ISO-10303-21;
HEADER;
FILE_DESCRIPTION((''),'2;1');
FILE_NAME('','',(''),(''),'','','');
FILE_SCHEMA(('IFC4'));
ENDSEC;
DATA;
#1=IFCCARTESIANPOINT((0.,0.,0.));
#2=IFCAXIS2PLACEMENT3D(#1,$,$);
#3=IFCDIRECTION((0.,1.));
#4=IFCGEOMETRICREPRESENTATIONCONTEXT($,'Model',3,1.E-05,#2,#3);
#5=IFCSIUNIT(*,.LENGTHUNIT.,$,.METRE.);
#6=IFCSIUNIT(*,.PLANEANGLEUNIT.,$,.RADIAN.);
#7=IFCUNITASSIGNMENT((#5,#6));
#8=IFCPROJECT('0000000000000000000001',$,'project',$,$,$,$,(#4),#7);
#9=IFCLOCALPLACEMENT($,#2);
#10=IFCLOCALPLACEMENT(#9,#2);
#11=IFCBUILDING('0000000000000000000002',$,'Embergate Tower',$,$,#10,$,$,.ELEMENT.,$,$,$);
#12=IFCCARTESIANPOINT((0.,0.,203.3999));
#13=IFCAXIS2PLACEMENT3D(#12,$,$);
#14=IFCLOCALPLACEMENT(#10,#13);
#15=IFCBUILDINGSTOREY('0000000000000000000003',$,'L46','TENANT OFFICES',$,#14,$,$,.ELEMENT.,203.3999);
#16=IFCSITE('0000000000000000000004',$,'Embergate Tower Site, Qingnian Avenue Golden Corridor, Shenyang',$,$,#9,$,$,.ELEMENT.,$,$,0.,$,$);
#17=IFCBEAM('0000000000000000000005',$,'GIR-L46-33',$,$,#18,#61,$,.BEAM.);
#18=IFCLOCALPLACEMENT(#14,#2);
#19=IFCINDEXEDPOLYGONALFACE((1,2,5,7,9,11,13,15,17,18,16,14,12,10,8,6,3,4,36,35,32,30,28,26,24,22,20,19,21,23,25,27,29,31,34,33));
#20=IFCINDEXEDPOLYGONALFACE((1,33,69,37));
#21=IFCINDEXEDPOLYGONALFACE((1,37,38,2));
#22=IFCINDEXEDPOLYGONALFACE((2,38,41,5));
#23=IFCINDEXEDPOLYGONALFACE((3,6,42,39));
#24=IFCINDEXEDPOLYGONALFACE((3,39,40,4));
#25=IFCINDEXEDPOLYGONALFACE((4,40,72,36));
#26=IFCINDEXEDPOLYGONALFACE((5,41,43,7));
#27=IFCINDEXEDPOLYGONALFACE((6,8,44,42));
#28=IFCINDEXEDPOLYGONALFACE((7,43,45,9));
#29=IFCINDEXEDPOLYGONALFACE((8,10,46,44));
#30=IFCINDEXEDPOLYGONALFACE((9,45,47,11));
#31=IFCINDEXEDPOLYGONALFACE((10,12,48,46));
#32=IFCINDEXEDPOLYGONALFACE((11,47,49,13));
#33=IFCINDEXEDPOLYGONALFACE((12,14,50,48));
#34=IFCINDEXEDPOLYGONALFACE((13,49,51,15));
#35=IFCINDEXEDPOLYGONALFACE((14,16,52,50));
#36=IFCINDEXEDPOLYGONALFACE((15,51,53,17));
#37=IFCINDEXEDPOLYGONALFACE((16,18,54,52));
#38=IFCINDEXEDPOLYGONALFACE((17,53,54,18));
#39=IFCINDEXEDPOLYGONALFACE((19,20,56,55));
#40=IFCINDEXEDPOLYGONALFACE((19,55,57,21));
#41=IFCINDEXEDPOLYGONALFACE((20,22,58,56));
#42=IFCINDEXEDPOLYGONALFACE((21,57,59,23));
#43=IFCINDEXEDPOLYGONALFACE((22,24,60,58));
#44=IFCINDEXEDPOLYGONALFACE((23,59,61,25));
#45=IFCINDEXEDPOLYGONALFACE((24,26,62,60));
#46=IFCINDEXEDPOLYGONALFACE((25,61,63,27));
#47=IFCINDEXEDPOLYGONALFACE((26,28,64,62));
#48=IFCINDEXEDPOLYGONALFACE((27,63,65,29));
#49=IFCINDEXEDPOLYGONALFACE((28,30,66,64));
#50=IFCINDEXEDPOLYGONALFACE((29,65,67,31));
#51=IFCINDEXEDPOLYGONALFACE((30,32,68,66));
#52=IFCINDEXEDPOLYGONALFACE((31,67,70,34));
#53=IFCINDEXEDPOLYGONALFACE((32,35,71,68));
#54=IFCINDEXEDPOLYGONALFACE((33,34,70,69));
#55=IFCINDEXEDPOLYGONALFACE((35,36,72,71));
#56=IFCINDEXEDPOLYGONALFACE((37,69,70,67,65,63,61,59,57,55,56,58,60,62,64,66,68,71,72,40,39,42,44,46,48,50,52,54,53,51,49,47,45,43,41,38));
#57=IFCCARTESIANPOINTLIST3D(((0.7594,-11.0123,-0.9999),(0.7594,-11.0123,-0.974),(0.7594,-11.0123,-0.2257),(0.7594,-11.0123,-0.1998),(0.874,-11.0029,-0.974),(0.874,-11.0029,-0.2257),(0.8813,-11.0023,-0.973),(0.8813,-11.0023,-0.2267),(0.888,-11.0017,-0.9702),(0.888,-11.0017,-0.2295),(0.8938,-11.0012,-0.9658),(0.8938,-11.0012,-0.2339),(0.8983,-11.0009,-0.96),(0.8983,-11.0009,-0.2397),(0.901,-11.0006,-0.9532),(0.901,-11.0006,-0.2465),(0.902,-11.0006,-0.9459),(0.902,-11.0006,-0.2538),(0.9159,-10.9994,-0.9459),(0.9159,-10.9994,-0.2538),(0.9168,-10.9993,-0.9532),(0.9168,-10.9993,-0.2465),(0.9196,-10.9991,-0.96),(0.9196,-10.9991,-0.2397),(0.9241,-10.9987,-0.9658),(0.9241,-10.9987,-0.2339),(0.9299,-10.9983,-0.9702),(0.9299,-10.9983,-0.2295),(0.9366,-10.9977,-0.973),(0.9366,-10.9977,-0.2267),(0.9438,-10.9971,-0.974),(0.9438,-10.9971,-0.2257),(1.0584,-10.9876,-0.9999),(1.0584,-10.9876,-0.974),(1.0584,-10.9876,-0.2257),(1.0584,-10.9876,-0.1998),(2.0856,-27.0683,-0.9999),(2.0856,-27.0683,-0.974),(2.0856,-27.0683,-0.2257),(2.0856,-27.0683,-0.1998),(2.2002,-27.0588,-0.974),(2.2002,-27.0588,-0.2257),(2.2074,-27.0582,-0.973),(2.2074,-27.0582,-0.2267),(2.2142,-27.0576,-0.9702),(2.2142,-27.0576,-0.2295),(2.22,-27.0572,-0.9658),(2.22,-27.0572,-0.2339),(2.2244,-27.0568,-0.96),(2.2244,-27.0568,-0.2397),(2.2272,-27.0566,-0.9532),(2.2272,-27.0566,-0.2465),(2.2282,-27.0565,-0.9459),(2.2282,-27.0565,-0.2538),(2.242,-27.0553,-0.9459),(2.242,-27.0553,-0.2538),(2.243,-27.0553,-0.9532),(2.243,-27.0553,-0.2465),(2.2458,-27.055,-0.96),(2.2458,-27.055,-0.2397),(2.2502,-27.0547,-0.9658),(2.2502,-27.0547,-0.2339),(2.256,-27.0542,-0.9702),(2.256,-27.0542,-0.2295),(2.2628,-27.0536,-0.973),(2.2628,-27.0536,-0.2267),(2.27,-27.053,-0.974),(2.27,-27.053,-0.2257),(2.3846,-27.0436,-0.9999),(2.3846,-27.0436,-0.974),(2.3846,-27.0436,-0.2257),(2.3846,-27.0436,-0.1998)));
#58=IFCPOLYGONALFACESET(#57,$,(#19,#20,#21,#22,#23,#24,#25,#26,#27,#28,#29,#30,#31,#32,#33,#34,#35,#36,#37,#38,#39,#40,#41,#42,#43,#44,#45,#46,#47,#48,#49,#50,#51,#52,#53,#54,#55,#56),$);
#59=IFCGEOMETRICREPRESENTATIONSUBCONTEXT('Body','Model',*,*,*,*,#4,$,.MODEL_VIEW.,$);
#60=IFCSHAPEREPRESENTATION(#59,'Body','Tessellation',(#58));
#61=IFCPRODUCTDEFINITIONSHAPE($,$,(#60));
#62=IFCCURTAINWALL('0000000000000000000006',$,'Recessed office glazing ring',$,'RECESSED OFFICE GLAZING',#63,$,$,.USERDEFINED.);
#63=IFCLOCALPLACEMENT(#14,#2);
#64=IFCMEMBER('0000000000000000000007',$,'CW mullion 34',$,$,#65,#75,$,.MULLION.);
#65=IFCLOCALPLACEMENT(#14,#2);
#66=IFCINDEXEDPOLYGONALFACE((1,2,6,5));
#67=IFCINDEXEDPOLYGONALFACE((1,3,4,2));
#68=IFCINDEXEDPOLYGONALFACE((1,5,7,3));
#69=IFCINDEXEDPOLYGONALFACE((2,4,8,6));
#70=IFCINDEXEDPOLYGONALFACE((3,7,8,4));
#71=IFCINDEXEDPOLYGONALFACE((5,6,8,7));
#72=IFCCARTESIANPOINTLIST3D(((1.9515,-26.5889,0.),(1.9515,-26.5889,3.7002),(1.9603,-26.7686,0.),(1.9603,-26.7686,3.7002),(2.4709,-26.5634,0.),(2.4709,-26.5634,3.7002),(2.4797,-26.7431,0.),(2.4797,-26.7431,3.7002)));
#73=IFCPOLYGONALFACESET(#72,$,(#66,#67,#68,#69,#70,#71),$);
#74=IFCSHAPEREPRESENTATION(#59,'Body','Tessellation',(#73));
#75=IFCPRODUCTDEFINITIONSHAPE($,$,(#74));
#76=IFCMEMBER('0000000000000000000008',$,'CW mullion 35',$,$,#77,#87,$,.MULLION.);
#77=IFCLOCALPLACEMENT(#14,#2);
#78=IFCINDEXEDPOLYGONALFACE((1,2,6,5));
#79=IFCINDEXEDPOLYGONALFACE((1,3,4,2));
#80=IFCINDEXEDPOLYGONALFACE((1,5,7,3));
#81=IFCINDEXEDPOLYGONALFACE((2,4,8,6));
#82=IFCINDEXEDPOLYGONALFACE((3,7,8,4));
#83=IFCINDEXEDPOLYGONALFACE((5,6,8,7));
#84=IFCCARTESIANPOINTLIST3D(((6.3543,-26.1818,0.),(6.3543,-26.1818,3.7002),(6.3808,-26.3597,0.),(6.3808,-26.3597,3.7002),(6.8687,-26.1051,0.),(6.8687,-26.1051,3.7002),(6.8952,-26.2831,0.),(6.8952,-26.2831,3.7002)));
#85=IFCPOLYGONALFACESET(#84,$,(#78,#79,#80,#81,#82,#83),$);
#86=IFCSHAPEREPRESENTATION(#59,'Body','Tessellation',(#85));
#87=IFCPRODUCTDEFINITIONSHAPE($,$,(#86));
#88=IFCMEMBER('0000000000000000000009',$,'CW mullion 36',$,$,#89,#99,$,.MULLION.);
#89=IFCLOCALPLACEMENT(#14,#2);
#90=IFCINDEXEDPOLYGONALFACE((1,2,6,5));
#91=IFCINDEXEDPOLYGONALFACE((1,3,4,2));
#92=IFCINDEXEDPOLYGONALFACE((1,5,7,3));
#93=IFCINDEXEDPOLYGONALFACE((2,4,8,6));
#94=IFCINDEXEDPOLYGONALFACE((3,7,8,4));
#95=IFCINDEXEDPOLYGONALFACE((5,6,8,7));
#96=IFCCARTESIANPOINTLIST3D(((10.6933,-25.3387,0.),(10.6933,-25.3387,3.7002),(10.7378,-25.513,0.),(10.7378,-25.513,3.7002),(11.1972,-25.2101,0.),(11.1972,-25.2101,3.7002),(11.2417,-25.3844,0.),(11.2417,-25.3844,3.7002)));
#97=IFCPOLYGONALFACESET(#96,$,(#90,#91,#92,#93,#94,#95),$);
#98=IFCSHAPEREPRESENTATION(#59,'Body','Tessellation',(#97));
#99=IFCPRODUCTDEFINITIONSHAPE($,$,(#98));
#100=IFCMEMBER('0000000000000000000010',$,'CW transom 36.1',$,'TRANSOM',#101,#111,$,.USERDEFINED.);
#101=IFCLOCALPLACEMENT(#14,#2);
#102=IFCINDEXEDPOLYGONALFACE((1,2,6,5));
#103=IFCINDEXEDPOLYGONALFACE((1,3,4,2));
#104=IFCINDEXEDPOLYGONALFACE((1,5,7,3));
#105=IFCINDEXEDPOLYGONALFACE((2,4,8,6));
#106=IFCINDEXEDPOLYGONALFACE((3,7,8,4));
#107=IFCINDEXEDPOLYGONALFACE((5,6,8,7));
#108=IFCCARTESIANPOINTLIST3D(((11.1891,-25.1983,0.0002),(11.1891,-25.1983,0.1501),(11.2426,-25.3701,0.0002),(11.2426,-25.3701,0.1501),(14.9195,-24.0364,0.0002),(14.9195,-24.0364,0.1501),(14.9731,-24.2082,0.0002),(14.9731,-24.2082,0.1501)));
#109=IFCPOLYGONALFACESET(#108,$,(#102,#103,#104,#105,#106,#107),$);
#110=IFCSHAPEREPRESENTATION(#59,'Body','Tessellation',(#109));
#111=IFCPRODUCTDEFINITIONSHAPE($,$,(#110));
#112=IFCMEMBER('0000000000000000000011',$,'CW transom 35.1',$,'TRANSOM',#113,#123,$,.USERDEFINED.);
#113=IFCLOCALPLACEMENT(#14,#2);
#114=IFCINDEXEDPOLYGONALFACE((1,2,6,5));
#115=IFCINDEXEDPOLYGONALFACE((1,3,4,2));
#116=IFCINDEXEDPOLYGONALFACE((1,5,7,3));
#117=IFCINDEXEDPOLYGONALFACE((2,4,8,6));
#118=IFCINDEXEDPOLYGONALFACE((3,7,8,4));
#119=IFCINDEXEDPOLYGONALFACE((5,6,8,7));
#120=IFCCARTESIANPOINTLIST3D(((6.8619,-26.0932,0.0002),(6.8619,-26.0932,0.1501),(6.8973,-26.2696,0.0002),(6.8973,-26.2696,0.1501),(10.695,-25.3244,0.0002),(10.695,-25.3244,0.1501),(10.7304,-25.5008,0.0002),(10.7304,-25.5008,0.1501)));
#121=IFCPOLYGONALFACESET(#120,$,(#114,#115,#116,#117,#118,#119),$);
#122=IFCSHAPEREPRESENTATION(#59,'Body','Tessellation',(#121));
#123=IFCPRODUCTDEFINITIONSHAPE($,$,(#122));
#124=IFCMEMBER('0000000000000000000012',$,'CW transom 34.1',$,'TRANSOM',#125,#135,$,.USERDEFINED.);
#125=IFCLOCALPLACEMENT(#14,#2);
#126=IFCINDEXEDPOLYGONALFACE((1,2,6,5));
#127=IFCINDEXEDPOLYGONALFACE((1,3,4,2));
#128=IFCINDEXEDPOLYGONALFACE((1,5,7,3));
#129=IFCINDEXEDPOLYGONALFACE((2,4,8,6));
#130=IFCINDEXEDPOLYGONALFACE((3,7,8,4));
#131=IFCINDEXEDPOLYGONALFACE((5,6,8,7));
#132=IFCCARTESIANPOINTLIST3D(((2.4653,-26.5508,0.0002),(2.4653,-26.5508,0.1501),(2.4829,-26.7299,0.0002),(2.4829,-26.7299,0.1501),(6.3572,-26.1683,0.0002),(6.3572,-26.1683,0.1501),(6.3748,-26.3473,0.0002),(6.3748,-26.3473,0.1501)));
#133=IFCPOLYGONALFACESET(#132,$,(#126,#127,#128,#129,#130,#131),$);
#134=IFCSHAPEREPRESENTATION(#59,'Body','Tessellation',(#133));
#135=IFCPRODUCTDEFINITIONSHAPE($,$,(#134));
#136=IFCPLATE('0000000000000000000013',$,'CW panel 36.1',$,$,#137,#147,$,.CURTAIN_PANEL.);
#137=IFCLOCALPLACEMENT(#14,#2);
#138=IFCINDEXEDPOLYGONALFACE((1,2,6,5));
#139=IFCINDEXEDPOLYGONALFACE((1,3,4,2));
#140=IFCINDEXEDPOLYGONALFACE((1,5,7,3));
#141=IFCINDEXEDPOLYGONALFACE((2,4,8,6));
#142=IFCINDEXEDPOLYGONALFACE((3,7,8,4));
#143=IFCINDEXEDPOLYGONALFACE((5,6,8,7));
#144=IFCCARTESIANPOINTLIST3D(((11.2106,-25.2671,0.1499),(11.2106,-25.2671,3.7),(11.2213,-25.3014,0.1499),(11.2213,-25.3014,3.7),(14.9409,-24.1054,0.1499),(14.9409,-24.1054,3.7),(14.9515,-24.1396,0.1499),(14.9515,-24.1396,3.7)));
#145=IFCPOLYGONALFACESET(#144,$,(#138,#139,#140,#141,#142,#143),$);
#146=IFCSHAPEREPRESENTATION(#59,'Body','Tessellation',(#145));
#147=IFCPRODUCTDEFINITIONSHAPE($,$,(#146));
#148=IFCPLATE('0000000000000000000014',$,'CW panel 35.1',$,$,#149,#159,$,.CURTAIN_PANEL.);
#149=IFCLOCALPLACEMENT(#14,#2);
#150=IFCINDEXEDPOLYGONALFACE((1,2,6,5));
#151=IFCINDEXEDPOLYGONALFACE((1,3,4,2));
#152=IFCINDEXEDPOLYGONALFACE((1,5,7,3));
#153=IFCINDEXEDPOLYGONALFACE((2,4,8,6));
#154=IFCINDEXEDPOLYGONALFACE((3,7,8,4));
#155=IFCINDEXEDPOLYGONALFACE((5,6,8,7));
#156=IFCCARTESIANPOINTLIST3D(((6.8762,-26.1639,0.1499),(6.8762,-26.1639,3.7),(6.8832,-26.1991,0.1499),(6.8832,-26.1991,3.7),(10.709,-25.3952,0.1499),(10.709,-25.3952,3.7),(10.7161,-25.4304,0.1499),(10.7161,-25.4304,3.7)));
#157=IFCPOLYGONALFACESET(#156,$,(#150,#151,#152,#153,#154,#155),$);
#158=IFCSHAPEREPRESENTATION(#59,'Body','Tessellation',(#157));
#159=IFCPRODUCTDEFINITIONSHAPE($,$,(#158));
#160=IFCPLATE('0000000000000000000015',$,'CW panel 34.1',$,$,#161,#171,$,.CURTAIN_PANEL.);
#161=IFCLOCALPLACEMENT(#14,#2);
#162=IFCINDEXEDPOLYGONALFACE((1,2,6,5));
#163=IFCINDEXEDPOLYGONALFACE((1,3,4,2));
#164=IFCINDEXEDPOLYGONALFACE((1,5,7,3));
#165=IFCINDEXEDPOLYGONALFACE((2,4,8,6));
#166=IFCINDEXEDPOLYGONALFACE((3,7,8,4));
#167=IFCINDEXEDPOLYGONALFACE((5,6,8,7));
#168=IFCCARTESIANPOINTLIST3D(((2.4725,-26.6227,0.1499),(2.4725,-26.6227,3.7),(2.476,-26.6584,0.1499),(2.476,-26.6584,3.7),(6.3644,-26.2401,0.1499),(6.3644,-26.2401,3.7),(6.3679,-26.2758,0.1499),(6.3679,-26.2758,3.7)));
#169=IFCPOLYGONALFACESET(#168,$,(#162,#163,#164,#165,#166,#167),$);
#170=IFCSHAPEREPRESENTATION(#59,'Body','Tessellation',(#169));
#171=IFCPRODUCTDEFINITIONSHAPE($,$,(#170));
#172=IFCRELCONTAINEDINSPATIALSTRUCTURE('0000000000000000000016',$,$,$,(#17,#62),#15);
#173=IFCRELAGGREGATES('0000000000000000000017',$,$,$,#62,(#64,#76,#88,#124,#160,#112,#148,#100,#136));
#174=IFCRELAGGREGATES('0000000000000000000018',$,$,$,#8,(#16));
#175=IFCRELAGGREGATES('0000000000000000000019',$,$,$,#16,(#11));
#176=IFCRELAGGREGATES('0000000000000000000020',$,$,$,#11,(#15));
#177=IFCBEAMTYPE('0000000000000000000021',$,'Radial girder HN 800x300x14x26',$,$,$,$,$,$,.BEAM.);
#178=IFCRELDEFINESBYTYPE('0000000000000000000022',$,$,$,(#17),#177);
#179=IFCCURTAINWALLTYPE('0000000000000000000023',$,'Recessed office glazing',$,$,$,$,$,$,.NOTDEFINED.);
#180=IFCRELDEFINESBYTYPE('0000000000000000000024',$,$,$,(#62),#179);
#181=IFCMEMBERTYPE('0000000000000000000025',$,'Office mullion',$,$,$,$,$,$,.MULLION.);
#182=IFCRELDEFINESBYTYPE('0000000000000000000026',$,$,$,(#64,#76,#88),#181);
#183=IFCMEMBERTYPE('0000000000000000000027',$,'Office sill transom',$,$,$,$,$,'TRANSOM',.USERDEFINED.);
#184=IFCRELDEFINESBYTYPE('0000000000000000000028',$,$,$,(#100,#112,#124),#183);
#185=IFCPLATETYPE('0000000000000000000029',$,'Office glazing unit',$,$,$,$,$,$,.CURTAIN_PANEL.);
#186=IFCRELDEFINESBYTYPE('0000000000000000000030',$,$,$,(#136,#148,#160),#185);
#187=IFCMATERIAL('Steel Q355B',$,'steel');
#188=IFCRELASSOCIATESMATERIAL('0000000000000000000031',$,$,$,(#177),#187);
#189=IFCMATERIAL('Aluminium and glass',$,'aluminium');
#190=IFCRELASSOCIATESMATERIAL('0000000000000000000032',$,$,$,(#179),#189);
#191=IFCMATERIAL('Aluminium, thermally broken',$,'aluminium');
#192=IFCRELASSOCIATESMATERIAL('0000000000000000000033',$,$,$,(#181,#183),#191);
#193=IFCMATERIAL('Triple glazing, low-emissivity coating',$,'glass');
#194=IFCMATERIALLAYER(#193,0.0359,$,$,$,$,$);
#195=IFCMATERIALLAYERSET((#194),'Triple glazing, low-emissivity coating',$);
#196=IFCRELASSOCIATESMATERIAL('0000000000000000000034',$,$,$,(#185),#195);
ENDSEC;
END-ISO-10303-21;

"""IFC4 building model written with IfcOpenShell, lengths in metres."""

from ifc_helpers import new_model, si_unit, direction, frame, origin, origin_2d, place, context, subcontext, project, spatial, rectangle, i_section, extrude, source, transform, mapped, material, layer, layer_set, material_profile, profile_set, type_object, element, aggregate, save


model = new_model("IFC4")

# Units and contexts
model_context = context("Model", 3, precision=1e-05, world=origin(), true_north=direction((0.0, 1.0)))
body_context = subcontext(model_context, "Body", "Model", "MODEL_VIEW")
ifc_project = project(units=[si_unit("LENGTHUNIT", "METRE"), si_unit("PLANEANGLEUNIT", "RADIAN")], contexts=[model_context])

# Site, building, storey
site_placement = place(None, origin())
site = spatial("IfcSite", under=ifc_project, at=site_placement, Name="Embergate Tower Site, Qingnian Avenue Golden Corridor, Shenyang", CompositionType="ELEMENT", RefElevation=0.0)
building_placement = place(site_placement, origin())
building = spatial("IfcBuilding", under=site, at=building_placement, Name="Embergate Tower", CompositionType="ELEMENT")
storey_placement = place(building_placement, frame((0.0, 0.0, 203.3999)))
storey = spatial("IfcBuildingStorey", under=building, at=storey_placement, Name="L46", Description="TENANT OFFICES", CompositionType="ELEMENT", Elevation=203.3999)

# Beam
ifc_material_1 = material(Name="Steel Q355B", Category="steel")
ifc_material_profile_1 = material_profile(ifc_material_1, i_section(OverallWidth=0.3, OverallDepth=0.8, WebThickness=0.0139, FlangeThickness=0.0259, FilletRadius=0.0281, at=origin_2d()), Name="HN 800x300x14x26")
ifc_profile_set_1 = profile_set([ifc_material_profile_1], Name="Steel Q355 grade B")
beam_type_1 = type_object("IfcBeamType", Name="Radial girder HN 800x300x14x26", PredefinedType="BEAM", material=ifc_profile_set_1)
shared_shape_1 = source(origin(), body_context, "Body", "SweptSolid", [
    extrude(i_section(OverallWidth=0.3, OverallDepth=0.8, WebThickness=0.0139, FlangeThickness=0.0259, FilletRadius=0.0281, at=origin_2d()), origin(), (0.0, 0.0, 1.0), 16.1106),
])
beam_1_placement = place(storey_placement, frame((2.2351, -27.0559, -0.5999), z_axis=(-0.082317, 0.996606, 0.0), x_axis=(-0.996606, -0.082317, 0.0)))
element("IfcBeam", 1, at=beam_1_placement, inside=storey, type_object=beam_type_1, Name="GIR-L46-33", PredefinedType="BEAM", context=body_context, shape_type="MappedRepresentation", body=[
    mapped(shared_shape_1, transform((0.0, 0.0, 0.0))),
])

# Curtain wall, members, plates
ifc_material_2 = material(Name="Aluminium and glass", Category="aluminium")
curtain_wall_type = type_object("IfcCurtainWallType", Name="Recessed office glazing", PredefinedType="NOTDEFINED", material=ifc_material_2)
curtain_wall_placement = place(storey_placement, origin())
curtain_wall = element("IfcCurtainWall", 2, at=curtain_wall_placement, inside=storey, type_object=curtain_wall_type, Name="Recessed office glazing ring", ObjectType="RECESSED OFFICE GLAZING", PredefinedType="USERDEFINED")
ifc_material_3 = material(Name="Aluminium, thermally broken", Category="aluminium")
ifc_material_profile_2 = material_profile(ifc_material_3, rectangle(XDim=0.1799, YDim=0.52, at=origin_2d()), Name="AL 520x180")
ifc_profile_set_2 = profile_set([ifc_material_profile_2], Name="Aluminium, thermally broken")
member_type_1 = type_object("IfcMemberType", Name="Office mullion", PredefinedType="MULLION", material=ifc_profile_set_2)
shared_shape_2 = source(origin(), body_context, "Body", "SweptSolid", [
    extrude(rectangle(XDim=0.1799, YDim=0.52, at=origin_2d()), origin(), (0.0, 0.0, 1.0), 3.7002),
])
member_1_placement = place(storey_placement, frame((2.2156, -26.666, 0.0), z_axis=(0.0, 0.0, 1.0), x_axis=(-0.048972, 0.9988, 0.0)))
member_1 = element("IfcMember", 3, at=member_1_placement, type_object=member_type_1, Name="CW mullion 34", PredefinedType="MULLION", context=body_context, shape_type="MappedRepresentation", body=[
    mapped(shared_shape_2, transform((0.0, 0.0, 0.0))),
])
member_2_placement = place(storey_placement, frame((6.6248, -26.2324, 0.0), z_axis=(0.0, 0.0, 1.0), x_axis=(-0.147416, 0.989075, 0.0)))
member_2 = element("IfcMember", 4, at=member_2_placement, type_object=member_type_1, Name="CW mullion 35", PredefinedType="MULLION", context=body_context, shape_type="MappedRepresentation", body=[
    mapped(shared_shape_2, transform((0.0, 0.0, 0.0))),
])
member_3_placement = place(storey_placement, frame((10.9675, -25.3616, 0.0), z_axis=(0.0, 0.0, 1.0), x_axis=(-0.247319, 0.968934, 0.0)))
member_3 = element("IfcMember", 5, at=member_3_placement, type_object=member_type_1, Name="CW mullion 36", PredefinedType="MULLION", context=body_context, shape_type="MappedRepresentation", body=[
    mapped(shared_shape_2, transform((0.0, 0.0, 0.0))),
])
ifc_material_profile_3 = material_profile(ifc_material_3, rectangle(XDim=0.1799, YDim=0.1499, at=origin_2d()), Name="AL 150x180")
ifc_profile_set_3 = profile_set([ifc_material_profile_3], Name="Aluminium, thermally broken")
member_type_2 = type_object("IfcMemberType", Name="Office sill transom", ElementType="TRANSOM", PredefinedType="USERDEFINED", material=ifc_profile_set_3)
shared_shape_3 = source(origin(), body_context, "Body", "SweptSolid", [
    extrude(rectangle(XDim=0.1799, YDim=0.1499, at=origin_2d()), origin(), (0.0, 0.0, 1.0), 3.9072),
])
member_4_placement = place(storey_placement, frame((11.2158, -25.2842, 0.0752), z_axis=(0.954764, 0.297364, 0.0), x_axis=(-0.297364, 0.954764, 0.0)))
member_4 = element("IfcMember", 6, at=member_4_placement, type_object=member_type_2, Name="CW transom 36.1", ObjectType="TRANSOM", PredefinedType="USERDEFINED", context=body_context, shape_type="MappedRepresentation", body=[
    mapped(shared_shape_3, transform((0.0, 0.0, 0.0))),
])
shared_shape_4 = source(origin(), body_context, "Body", "SweptSolid", [
    extrude(rectangle(XDim=0.1799, YDim=0.1499, at=origin_2d()), origin(), (0.0, 0.0, 1.0), 3.9094),
])
member_5_placement = place(storey_placement, frame((6.8796, -26.1814, 0.0752), z_axis=(0.980472, 0.196657, 0.0), x_axis=(-0.196657, 0.980472, 0.0)))
member_5 = element("IfcMember", 7, at=member_5_placement, type_object=member_type_2, Name="CW transom 35.1", ObjectType="TRANSOM", PredefinedType="USERDEFINED", context=body_context, shape_type="MappedRepresentation", body=[
    mapped(shared_shape_4, transform((0.0, 0.0, 0.0))),
])
shared_shape_5 = source(origin(), body_context, "Body", "SweptSolid", [
    extrude(rectangle(XDim=0.1799, YDim=0.1499, at=origin_2d()), origin(), (0.0, 0.0, 1.0), 3.9106),
])
member_6_placement = place(storey_placement, frame((2.4741, -26.6404, 0.0752), z_axis=(0.995203, 0.097828, 0.0), x_axis=(-0.097828, 0.995203, 0.0)))
member_6 = element("IfcMember", 8, at=member_6_placement, type_object=member_type_2, Name="CW transom 34.1", ObjectType="TRANSOM", PredefinedType="USERDEFINED", context=body_context, shape_type="MappedRepresentation", body=[
    mapped(shared_shape_5, transform((0.0, 0.0, 0.0))),
])
ifc_material_4 = material(Name="Triple glazing, low-emissivity coating", Category="glass")
ifc_layer_1 = layer(ifc_material_4, 0.0359)
ifc_layer_set_1 = layer_set([ifc_layer_1], Name="Triple glazing, low-emissivity coating")
plate_type = type_object("IfcPlateType", Name="Office glazing unit", PredefinedType="CURTAIN_PANEL", material=ifc_layer_set_1)
shared_shape_6 = source(origin(), body_context, "Body", "SweptSolid", [
    extrude(rectangle(XDim=3.907, YDim=0.0359, at=origin_2d()), origin(), (0.0, 0.0, 1.0), 3.55),
])
plate_1_placement = place(storey_placement, frame((13.0811, -24.7034, 0.1499), z_axis=(0.0, 0.0, 1.0), x_axis=(0.95477, 0.297347, 0.0)))
plate_1 = element("IfcPlate", 9, at=plate_1_placement, type_object=plate_type, Name="CW panel 36.1", PredefinedType="CURTAIN_PANEL", context=body_context, shape_type="MappedRepresentation", body=[
    mapped(shared_shape_6, transform((0.0, 0.0, 0.0))),
])
shared_shape_7 = source(origin(), body_context, "Body", "SweptSolid", [
    extrude(rectangle(XDim=3.9092, YDim=0.0359, at=origin_2d()), origin(), (0.0, 0.0, 1.0), 3.55),
])
plate_2_placement = place(storey_placement, frame((8.7961, -25.7971, 0.1499), z_axis=(0.0, 0.0, 1.0), x_axis=(0.980475, 0.196646, 0.0)))
plate_2 = element("IfcPlate", 10, at=plate_2_placement, type_object=plate_type, Name="CW panel 35.1", PredefinedType="CURTAIN_PANEL", context=body_context, shape_type="MappedRepresentation", body=[
    mapped(shared_shape_7, transform((0.0, 0.0, 0.0))),
])
shared_shape_8 = source(origin(), body_context, "Body", "SweptSolid", [
    extrude(rectangle(XDim=3.9106, YDim=0.0359, at=origin_2d()), origin(), (0.0, 0.0, 1.0), 3.55),
])
plate_3_placement = place(storey_placement, frame((4.4202, -26.4492, 0.1499), z_axis=(0.0, 0.0, 1.0), x_axis=(0.995203, 0.097833, 0.0)))
plate_3 = element("IfcPlate", 11, at=plate_3_placement, type_object=plate_type, Name="CW panel 34.1", PredefinedType="CURTAIN_PANEL", context=body_context, shape_type="MappedRepresentation", body=[
    mapped(shared_shape_8, transform((0.0, 0.0, 0.0))),
])
aggregate(curtain_wall, [member_1, member_2, member_3, member_6, plate_3, member_5, plate_2, member_4, plate_1])

save(model, "model.ifc")
